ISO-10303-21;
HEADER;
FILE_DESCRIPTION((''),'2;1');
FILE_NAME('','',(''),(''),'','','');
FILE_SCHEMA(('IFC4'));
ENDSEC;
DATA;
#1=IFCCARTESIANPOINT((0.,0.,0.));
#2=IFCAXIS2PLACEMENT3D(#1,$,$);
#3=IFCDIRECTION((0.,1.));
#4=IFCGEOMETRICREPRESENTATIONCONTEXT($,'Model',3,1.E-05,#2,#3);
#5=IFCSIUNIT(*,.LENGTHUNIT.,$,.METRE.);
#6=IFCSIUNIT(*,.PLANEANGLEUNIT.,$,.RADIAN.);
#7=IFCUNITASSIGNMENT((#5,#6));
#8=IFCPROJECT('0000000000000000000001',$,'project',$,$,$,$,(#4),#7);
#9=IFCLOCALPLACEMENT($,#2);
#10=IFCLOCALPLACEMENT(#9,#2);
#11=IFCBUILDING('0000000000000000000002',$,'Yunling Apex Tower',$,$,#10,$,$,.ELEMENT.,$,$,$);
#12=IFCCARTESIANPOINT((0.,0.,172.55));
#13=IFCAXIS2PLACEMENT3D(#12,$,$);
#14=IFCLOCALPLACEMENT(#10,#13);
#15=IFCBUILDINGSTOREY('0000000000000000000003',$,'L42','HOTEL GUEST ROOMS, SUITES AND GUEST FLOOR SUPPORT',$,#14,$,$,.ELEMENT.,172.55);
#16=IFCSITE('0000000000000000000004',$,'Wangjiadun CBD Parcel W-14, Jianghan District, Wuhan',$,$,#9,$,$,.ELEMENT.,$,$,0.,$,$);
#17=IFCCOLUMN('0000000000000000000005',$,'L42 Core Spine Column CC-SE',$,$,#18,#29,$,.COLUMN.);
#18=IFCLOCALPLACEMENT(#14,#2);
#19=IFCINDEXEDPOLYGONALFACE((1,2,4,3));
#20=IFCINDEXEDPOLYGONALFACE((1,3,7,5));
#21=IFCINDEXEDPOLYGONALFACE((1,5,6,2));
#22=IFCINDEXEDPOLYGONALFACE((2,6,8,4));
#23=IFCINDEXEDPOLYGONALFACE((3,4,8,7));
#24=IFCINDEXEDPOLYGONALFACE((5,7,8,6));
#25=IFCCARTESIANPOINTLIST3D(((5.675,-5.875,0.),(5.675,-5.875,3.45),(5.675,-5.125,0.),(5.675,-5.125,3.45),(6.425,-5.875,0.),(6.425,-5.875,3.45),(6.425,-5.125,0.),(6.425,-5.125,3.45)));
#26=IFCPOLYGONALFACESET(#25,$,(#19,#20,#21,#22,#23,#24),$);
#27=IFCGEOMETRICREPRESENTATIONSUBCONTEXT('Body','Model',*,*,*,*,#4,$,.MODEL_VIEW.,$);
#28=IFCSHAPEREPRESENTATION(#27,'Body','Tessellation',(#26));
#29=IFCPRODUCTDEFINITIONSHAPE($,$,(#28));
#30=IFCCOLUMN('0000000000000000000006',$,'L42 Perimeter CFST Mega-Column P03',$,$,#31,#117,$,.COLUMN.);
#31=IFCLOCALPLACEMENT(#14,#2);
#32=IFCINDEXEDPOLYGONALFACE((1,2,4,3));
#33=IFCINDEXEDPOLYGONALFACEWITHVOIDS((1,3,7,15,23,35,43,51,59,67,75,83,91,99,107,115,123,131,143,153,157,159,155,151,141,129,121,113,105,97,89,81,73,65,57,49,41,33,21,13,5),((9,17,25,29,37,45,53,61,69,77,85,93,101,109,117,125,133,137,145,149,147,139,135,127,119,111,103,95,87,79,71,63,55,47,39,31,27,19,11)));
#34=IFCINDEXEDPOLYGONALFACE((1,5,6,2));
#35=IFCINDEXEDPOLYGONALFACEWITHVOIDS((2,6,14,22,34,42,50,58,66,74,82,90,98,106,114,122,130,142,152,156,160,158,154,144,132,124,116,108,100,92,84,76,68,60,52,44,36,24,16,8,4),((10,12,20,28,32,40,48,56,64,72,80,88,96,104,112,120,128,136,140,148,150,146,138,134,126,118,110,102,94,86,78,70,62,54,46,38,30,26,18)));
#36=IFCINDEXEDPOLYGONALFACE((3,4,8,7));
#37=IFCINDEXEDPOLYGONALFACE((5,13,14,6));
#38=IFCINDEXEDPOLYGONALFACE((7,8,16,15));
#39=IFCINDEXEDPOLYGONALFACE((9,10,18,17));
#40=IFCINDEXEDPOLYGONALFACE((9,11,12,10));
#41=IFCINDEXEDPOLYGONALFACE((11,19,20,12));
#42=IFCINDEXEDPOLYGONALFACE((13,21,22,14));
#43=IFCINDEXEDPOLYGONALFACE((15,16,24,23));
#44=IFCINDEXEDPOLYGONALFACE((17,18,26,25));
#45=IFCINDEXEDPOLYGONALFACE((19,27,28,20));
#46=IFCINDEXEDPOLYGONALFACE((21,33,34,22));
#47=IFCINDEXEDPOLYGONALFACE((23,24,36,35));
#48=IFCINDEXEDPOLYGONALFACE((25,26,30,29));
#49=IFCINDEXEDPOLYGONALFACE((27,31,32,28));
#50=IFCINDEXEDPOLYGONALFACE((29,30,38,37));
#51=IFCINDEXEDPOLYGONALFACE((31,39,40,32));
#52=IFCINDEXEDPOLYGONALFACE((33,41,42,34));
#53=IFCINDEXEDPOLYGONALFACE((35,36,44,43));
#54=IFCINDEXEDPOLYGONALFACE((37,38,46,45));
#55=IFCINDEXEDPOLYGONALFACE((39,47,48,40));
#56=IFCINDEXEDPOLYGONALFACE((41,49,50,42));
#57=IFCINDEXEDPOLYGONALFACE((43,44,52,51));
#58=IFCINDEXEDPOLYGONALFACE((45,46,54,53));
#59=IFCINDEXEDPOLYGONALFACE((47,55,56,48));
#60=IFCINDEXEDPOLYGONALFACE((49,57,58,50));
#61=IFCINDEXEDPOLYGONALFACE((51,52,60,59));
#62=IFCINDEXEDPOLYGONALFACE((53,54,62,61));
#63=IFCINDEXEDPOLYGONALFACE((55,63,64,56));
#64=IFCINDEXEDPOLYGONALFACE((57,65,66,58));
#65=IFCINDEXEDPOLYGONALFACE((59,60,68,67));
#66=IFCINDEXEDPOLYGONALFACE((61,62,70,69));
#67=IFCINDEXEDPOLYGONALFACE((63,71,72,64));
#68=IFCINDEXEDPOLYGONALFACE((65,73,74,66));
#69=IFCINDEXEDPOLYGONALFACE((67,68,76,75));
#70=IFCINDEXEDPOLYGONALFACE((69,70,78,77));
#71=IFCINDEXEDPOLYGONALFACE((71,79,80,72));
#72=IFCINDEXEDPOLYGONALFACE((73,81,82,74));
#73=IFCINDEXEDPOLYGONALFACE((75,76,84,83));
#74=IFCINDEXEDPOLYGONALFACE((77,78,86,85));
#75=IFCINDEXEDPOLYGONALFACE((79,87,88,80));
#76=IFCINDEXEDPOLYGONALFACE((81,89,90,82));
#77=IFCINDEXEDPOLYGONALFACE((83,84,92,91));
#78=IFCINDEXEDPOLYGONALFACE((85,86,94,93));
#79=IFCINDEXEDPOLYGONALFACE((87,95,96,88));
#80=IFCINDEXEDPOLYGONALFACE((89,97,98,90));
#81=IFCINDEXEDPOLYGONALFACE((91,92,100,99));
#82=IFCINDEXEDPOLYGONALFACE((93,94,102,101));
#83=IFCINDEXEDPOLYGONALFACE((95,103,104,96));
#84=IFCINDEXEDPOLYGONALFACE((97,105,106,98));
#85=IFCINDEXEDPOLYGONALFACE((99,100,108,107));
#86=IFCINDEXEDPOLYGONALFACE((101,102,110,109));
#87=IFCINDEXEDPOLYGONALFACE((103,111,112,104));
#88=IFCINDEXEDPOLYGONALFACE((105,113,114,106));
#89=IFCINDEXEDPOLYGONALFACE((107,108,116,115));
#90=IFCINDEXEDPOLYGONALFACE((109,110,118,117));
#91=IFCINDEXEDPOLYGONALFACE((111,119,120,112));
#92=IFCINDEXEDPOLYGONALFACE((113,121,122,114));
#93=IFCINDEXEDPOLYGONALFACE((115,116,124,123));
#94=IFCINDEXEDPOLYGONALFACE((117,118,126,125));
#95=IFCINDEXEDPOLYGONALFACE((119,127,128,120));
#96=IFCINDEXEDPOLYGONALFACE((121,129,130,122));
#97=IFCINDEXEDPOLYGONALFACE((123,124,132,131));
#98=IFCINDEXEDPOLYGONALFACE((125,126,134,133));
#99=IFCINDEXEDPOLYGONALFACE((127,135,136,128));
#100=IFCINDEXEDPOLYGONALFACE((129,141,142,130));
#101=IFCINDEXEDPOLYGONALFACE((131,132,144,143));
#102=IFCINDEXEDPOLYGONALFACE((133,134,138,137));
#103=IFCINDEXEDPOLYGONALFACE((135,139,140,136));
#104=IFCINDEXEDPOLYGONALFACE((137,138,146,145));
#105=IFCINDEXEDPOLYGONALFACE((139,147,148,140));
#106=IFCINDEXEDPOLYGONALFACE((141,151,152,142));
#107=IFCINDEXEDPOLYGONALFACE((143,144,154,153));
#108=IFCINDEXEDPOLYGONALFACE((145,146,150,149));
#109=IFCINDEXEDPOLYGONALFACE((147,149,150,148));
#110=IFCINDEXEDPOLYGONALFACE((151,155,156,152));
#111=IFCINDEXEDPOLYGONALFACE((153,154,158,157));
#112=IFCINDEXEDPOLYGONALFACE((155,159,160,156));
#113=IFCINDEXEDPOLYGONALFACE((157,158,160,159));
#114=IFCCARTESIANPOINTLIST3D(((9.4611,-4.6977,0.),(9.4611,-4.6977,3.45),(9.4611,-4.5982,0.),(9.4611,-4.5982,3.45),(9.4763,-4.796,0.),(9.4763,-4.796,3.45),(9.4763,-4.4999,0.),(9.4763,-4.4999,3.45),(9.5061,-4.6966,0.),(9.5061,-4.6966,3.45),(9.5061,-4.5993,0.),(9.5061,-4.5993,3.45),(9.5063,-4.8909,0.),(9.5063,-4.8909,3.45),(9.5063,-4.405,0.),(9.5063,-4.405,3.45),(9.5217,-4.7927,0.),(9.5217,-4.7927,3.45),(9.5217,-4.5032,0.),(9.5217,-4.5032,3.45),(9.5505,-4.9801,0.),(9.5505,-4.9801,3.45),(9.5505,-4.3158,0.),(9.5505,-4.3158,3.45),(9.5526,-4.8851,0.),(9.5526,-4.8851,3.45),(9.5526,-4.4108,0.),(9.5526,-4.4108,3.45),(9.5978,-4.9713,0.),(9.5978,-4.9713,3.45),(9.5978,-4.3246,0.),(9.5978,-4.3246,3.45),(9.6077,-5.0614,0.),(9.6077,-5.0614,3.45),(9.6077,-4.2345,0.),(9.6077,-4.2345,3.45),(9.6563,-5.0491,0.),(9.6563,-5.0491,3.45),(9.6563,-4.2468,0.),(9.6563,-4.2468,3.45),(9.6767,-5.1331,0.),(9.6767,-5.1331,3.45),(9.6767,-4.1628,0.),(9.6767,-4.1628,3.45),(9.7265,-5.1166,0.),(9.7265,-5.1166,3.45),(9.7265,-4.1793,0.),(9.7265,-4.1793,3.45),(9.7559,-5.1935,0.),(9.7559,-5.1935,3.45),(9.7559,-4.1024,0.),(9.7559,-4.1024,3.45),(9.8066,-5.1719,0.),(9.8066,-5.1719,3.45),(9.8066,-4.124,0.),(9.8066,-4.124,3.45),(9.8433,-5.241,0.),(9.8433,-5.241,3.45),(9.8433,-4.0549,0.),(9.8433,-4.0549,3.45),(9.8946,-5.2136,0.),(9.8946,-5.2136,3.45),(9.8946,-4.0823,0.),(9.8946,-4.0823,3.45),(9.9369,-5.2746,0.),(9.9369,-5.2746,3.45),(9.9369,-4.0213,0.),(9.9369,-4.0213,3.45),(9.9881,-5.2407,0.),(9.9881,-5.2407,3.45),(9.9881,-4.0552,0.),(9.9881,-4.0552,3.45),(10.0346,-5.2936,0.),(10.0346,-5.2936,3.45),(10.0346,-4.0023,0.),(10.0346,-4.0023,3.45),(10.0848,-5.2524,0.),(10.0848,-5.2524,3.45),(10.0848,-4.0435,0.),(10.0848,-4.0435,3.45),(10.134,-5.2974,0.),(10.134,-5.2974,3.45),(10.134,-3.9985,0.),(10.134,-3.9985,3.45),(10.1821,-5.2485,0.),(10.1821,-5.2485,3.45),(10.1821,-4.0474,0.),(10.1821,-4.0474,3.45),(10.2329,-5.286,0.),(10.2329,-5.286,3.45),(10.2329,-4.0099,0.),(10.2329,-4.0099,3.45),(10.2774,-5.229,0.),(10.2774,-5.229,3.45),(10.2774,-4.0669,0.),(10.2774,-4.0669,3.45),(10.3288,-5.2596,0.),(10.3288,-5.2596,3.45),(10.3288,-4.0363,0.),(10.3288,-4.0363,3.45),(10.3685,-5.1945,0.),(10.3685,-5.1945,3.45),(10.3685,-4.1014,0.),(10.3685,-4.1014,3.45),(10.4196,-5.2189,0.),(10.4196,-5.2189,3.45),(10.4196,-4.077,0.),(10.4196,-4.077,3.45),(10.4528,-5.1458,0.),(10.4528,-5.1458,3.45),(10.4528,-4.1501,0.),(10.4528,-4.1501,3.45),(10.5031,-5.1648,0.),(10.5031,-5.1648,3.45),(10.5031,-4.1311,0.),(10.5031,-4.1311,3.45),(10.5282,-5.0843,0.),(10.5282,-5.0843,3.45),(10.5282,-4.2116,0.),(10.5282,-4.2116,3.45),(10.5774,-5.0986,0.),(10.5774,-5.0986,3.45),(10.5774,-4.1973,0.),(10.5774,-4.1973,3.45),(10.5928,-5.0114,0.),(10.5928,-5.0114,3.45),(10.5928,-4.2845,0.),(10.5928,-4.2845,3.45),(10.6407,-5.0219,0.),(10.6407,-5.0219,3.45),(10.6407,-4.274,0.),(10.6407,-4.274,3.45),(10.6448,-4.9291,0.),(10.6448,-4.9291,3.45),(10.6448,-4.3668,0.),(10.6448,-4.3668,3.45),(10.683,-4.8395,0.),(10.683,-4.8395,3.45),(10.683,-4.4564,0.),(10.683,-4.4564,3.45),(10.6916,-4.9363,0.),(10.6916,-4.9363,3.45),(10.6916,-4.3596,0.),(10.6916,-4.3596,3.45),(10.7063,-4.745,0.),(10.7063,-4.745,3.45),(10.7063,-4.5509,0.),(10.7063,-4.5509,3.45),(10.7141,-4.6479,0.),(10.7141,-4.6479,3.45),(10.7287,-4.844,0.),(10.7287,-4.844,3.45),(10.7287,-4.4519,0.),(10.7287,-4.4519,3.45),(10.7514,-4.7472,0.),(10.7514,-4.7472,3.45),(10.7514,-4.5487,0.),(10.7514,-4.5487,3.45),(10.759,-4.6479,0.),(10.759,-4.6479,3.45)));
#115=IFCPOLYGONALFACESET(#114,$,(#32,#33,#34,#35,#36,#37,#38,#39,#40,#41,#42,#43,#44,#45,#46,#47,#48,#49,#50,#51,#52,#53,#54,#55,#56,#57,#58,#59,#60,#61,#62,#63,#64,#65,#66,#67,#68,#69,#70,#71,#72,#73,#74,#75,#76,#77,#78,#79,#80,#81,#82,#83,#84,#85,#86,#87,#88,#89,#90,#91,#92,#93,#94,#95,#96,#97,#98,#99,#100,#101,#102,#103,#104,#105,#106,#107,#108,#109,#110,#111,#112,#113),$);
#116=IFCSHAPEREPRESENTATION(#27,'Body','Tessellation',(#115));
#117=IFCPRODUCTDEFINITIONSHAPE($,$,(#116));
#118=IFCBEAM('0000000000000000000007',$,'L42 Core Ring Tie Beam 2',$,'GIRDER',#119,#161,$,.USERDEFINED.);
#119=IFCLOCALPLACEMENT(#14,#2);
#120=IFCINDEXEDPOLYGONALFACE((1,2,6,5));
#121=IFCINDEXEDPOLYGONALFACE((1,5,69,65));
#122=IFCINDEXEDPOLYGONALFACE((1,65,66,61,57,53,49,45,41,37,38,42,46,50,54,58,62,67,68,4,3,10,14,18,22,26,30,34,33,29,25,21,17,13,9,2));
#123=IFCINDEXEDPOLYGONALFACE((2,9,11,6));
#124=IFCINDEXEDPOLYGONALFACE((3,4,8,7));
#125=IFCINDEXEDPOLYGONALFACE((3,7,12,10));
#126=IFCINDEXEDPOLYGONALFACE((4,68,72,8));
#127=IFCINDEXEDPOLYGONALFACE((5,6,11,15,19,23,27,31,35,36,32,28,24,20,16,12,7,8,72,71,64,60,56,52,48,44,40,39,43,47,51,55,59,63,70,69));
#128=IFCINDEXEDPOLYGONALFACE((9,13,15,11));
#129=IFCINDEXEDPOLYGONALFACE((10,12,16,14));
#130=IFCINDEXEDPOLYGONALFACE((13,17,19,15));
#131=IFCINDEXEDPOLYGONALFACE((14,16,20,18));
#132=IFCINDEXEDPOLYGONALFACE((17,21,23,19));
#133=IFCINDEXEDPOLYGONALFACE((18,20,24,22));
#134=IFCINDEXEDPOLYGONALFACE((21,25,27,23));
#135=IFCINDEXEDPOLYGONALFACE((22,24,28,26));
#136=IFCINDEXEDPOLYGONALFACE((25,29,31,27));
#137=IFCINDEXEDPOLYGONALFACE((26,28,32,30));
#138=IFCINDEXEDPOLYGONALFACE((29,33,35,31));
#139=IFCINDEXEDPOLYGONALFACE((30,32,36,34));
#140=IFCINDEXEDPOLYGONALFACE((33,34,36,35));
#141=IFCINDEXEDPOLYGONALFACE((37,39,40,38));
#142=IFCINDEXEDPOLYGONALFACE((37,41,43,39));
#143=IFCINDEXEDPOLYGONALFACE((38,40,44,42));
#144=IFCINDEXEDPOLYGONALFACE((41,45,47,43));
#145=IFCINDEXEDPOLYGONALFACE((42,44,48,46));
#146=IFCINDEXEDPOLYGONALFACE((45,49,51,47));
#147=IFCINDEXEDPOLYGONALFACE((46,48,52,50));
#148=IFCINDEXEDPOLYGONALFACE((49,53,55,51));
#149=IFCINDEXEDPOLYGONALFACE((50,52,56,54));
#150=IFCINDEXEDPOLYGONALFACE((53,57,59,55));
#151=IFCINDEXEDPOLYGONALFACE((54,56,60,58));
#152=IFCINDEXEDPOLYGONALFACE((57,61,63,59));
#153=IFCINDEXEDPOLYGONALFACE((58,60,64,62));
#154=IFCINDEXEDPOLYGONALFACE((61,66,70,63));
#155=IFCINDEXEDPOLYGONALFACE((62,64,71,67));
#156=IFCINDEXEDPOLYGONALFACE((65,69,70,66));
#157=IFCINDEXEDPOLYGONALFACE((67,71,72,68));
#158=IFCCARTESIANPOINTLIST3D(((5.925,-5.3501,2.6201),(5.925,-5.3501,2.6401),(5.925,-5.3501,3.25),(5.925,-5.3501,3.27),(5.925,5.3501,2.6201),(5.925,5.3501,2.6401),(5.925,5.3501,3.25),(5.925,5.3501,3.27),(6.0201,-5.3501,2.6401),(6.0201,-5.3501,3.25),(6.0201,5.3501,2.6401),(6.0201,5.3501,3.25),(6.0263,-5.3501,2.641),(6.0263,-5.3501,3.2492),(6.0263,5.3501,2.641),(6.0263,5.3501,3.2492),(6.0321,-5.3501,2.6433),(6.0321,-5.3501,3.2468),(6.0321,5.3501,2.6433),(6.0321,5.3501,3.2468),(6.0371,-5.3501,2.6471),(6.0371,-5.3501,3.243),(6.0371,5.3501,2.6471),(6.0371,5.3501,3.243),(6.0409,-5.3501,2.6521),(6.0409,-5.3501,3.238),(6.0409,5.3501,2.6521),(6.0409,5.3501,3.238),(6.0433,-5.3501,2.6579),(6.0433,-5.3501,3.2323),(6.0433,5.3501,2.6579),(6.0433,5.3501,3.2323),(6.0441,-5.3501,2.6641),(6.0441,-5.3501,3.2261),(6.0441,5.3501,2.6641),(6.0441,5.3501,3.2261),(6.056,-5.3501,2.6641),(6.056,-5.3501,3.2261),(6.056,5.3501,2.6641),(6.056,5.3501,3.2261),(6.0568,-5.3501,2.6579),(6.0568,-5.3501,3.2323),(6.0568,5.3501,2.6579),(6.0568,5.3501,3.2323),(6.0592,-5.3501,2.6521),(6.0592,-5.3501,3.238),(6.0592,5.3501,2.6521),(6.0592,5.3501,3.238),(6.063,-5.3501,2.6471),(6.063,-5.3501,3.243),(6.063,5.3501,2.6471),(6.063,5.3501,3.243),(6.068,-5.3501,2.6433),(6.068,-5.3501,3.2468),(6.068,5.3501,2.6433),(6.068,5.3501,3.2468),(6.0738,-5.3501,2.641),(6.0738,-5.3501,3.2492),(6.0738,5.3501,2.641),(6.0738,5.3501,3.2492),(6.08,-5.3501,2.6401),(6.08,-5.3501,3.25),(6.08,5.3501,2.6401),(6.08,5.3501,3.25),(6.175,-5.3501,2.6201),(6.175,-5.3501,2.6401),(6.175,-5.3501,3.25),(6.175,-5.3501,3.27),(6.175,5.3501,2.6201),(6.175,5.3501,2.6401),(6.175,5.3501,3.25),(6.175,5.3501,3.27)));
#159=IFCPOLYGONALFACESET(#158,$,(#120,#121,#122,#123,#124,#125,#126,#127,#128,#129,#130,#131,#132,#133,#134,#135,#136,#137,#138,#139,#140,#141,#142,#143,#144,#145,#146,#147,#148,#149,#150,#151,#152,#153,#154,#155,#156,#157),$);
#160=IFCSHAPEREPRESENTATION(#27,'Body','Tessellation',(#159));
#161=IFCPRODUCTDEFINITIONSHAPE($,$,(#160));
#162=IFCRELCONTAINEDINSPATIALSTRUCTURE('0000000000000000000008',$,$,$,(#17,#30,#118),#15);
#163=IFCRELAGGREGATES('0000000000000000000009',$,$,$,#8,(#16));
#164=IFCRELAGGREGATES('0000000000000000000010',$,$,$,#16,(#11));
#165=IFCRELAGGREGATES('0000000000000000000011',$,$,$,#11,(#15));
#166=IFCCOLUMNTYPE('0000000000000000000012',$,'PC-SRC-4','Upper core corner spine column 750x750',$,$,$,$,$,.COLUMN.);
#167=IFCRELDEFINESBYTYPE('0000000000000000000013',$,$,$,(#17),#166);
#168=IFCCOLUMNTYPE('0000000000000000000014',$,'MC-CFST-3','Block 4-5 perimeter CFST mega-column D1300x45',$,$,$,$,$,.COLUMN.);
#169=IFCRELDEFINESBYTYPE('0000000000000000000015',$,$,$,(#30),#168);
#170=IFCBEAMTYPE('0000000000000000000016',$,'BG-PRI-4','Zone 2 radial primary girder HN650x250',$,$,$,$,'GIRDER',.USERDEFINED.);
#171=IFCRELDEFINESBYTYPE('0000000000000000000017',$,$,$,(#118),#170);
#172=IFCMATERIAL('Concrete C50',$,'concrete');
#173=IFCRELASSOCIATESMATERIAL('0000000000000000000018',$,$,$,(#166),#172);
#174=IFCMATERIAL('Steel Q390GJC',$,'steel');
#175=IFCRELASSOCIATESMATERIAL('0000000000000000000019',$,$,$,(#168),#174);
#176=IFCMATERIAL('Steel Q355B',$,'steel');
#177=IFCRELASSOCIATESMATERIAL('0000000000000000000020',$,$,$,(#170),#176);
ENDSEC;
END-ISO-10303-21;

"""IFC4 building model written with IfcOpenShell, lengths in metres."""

from ifc_helpers import new_model, si_unit, direction, frame, origin, origin_2d, place, context, subcontext, project, spatial, rectangle, hollow_circle, i_section, extrude, source, transform, mapped, material, material_profile, profile_set, type_object, element, save


model = new_model("IFC4")

# Units and contexts
model_context = context("Model", 3, precision=1e-05, world=origin(), true_north=direction((0.0, 1.0)))
body_context = subcontext(model_context, "Body", "Model", "MODEL_VIEW")
ifc_project = project(units=[si_unit("LENGTHUNIT", "METRE"), si_unit("PLANEANGLEUNIT", "RADIAN")], contexts=[model_context])

# Site, building, storey
site_placement = place(None, origin())
site = spatial("IfcSite", under=ifc_project, at=site_placement, Name="Wangjiadun CBD Parcel W-14, Jianghan District, Wuhan", CompositionType="ELEMENT", RefElevation=0.0)
building_placement = place(site_placement, origin())
building = spatial("IfcBuilding", under=site, at=building_placement, Name="Yunling Apex Tower", CompositionType="ELEMENT")
storey_placement = place(building_placement, frame((0.0, 0.0, 172.55)))
storey = spatial("IfcBuildingStorey", under=building, at=storey_placement, Name="L42", Description="HOTEL GUEST ROOMS, SUITES AND GUEST FLOOR SUPPORT", CompositionType="ELEMENT", Elevation=172.55)

# Columns
ifc_material_1 = material(Name="Concrete C50", Category="concrete")
ifc_material_profile_1 = material_profile(ifc_material_1, rectangle(XDim=0.75, YDim=0.75, at=origin_2d()))
ifc_profile_set_1 = profile_set([ifc_material_profile_1], Name="Concrete C50")
column_type_1 = type_object("IfcColumnType", Name="PC-SRC-4", Description="Upper core corner spine column 750x750", PredefinedType="COLUMN", material=ifc_profile_set_1)
shared_shape_1 = source(origin(), body_context, "Body", "SweptSolid", [
    extrude(rectangle(XDim=0.75, YDim=0.75, at=origin_2d()), origin(), (0.0, 0.0, 1.0), 3.45),
])
column_1_placement = place(storey_placement, frame((6.05, -5.5, 0.0), z_axis=(0.0, 0.0, 1.0), x_axis=(1.0, 0.0, 0.0)))
element("IfcColumn", 1, at=column_1_placement, inside=storey, type_object=column_type_1, Name="L42 Core Spine Column CC-SE", PredefinedType="COLUMN", context=body_context, shape_type="MappedRepresentation", body=[
    mapped(shared_shape_1, transform((0.0, 0.0, 0.0), scale=1.0)),
])
ifc_material_2 = material(Name="Steel Q390GJC", Category="steel")
ifc_material_profile_2 = material_profile(ifc_material_2, hollow_circle(Radius=0.6499, WallThickness=0.0449, at=origin_2d()))
ifc_profile_set_2 = profile_set([ifc_material_profile_2], Name="Steel Q390GJC")
column_type_2 = type_object("IfcColumnType", Name="MC-CFST-3", Description="Block 4-5 perimeter CFST mega-column D1300x45", PredefinedType="COLUMN", material=ifc_profile_set_2)
shared_shape_2 = source(origin(), body_context, "Body", "SweptSolid", [
    extrude(hollow_circle(Radius=0.6499, WallThickness=0.0449, at=origin_2d()), origin(), (0.0, 0.0, 1.0), 3.45),
])
column_2_placement = place(storey_placement, frame((10.1091, -4.6479, 0.0), z_axis=(0.0, 0.0, 1.0), x_axis=(1.0, 0.0, 0.0)))
element("IfcColumn", 2, at=column_2_placement, inside=storey, type_object=column_type_2, Name="L42 Perimeter CFST Mega-Column P03", PredefinedType="COLUMN", context=body_context, shape_type="MappedRepresentation", body=[
    mapped(shared_shape_2, transform((0.0, 0.0, 0.0), scale=1.0)),
])

# Beam
ifc_material_3 = material(Name="Steel Q355B", Category="steel")
ifc_material_profile_3 = material_profile(ifc_material_3, i_section(OverallWidth=0.25, OverallDepth=0.6499, WebThickness=0.012, FlangeThickness=0.02, FilletRadius=0.0239, at=origin_2d()))
ifc_profile_set_3 = profile_set([ifc_material_profile_3], Name="Steel Q355B")
beam_type_1 = type_object("IfcBeamType", Name="BG-PRI-4", Description="Zone 2 radial primary girder HN650x250", ElementType="GIRDER", PredefinedType="USERDEFINED", material=ifc_profile_set_3)
shared_shape_3 = source(origin(), body_context, "Body", "SweptSolid", [
    extrude(i_section(OverallWidth=0.25, OverallDepth=0.6499, WebThickness=0.012, FlangeThickness=0.02, FilletRadius=0.0239, at=origin_2d()), origin(), (0.0, 0.0, 1.0), 10.7002),
])
beam_1_placement = place(storey_placement, frame((6.05, -5.3501, 2.9451), z_axis=(0.0, 1.0, 0.0), x_axis=(-1.0, 0.0, 0.0)))
element("IfcBeam", 3, at=beam_1_placement, inside=storey, type_object=beam_type_1, Name="L42 Core Ring Tie Beam 2", ObjectType="GIRDER", PredefinedType="USERDEFINED", context=body_context, shape_type="MappedRepresentation", body=[
    mapped(shared_shape_3, transform((0.0, 0.0, 0.0), scale=1.0)),
])

save(model, "model.ifc")
